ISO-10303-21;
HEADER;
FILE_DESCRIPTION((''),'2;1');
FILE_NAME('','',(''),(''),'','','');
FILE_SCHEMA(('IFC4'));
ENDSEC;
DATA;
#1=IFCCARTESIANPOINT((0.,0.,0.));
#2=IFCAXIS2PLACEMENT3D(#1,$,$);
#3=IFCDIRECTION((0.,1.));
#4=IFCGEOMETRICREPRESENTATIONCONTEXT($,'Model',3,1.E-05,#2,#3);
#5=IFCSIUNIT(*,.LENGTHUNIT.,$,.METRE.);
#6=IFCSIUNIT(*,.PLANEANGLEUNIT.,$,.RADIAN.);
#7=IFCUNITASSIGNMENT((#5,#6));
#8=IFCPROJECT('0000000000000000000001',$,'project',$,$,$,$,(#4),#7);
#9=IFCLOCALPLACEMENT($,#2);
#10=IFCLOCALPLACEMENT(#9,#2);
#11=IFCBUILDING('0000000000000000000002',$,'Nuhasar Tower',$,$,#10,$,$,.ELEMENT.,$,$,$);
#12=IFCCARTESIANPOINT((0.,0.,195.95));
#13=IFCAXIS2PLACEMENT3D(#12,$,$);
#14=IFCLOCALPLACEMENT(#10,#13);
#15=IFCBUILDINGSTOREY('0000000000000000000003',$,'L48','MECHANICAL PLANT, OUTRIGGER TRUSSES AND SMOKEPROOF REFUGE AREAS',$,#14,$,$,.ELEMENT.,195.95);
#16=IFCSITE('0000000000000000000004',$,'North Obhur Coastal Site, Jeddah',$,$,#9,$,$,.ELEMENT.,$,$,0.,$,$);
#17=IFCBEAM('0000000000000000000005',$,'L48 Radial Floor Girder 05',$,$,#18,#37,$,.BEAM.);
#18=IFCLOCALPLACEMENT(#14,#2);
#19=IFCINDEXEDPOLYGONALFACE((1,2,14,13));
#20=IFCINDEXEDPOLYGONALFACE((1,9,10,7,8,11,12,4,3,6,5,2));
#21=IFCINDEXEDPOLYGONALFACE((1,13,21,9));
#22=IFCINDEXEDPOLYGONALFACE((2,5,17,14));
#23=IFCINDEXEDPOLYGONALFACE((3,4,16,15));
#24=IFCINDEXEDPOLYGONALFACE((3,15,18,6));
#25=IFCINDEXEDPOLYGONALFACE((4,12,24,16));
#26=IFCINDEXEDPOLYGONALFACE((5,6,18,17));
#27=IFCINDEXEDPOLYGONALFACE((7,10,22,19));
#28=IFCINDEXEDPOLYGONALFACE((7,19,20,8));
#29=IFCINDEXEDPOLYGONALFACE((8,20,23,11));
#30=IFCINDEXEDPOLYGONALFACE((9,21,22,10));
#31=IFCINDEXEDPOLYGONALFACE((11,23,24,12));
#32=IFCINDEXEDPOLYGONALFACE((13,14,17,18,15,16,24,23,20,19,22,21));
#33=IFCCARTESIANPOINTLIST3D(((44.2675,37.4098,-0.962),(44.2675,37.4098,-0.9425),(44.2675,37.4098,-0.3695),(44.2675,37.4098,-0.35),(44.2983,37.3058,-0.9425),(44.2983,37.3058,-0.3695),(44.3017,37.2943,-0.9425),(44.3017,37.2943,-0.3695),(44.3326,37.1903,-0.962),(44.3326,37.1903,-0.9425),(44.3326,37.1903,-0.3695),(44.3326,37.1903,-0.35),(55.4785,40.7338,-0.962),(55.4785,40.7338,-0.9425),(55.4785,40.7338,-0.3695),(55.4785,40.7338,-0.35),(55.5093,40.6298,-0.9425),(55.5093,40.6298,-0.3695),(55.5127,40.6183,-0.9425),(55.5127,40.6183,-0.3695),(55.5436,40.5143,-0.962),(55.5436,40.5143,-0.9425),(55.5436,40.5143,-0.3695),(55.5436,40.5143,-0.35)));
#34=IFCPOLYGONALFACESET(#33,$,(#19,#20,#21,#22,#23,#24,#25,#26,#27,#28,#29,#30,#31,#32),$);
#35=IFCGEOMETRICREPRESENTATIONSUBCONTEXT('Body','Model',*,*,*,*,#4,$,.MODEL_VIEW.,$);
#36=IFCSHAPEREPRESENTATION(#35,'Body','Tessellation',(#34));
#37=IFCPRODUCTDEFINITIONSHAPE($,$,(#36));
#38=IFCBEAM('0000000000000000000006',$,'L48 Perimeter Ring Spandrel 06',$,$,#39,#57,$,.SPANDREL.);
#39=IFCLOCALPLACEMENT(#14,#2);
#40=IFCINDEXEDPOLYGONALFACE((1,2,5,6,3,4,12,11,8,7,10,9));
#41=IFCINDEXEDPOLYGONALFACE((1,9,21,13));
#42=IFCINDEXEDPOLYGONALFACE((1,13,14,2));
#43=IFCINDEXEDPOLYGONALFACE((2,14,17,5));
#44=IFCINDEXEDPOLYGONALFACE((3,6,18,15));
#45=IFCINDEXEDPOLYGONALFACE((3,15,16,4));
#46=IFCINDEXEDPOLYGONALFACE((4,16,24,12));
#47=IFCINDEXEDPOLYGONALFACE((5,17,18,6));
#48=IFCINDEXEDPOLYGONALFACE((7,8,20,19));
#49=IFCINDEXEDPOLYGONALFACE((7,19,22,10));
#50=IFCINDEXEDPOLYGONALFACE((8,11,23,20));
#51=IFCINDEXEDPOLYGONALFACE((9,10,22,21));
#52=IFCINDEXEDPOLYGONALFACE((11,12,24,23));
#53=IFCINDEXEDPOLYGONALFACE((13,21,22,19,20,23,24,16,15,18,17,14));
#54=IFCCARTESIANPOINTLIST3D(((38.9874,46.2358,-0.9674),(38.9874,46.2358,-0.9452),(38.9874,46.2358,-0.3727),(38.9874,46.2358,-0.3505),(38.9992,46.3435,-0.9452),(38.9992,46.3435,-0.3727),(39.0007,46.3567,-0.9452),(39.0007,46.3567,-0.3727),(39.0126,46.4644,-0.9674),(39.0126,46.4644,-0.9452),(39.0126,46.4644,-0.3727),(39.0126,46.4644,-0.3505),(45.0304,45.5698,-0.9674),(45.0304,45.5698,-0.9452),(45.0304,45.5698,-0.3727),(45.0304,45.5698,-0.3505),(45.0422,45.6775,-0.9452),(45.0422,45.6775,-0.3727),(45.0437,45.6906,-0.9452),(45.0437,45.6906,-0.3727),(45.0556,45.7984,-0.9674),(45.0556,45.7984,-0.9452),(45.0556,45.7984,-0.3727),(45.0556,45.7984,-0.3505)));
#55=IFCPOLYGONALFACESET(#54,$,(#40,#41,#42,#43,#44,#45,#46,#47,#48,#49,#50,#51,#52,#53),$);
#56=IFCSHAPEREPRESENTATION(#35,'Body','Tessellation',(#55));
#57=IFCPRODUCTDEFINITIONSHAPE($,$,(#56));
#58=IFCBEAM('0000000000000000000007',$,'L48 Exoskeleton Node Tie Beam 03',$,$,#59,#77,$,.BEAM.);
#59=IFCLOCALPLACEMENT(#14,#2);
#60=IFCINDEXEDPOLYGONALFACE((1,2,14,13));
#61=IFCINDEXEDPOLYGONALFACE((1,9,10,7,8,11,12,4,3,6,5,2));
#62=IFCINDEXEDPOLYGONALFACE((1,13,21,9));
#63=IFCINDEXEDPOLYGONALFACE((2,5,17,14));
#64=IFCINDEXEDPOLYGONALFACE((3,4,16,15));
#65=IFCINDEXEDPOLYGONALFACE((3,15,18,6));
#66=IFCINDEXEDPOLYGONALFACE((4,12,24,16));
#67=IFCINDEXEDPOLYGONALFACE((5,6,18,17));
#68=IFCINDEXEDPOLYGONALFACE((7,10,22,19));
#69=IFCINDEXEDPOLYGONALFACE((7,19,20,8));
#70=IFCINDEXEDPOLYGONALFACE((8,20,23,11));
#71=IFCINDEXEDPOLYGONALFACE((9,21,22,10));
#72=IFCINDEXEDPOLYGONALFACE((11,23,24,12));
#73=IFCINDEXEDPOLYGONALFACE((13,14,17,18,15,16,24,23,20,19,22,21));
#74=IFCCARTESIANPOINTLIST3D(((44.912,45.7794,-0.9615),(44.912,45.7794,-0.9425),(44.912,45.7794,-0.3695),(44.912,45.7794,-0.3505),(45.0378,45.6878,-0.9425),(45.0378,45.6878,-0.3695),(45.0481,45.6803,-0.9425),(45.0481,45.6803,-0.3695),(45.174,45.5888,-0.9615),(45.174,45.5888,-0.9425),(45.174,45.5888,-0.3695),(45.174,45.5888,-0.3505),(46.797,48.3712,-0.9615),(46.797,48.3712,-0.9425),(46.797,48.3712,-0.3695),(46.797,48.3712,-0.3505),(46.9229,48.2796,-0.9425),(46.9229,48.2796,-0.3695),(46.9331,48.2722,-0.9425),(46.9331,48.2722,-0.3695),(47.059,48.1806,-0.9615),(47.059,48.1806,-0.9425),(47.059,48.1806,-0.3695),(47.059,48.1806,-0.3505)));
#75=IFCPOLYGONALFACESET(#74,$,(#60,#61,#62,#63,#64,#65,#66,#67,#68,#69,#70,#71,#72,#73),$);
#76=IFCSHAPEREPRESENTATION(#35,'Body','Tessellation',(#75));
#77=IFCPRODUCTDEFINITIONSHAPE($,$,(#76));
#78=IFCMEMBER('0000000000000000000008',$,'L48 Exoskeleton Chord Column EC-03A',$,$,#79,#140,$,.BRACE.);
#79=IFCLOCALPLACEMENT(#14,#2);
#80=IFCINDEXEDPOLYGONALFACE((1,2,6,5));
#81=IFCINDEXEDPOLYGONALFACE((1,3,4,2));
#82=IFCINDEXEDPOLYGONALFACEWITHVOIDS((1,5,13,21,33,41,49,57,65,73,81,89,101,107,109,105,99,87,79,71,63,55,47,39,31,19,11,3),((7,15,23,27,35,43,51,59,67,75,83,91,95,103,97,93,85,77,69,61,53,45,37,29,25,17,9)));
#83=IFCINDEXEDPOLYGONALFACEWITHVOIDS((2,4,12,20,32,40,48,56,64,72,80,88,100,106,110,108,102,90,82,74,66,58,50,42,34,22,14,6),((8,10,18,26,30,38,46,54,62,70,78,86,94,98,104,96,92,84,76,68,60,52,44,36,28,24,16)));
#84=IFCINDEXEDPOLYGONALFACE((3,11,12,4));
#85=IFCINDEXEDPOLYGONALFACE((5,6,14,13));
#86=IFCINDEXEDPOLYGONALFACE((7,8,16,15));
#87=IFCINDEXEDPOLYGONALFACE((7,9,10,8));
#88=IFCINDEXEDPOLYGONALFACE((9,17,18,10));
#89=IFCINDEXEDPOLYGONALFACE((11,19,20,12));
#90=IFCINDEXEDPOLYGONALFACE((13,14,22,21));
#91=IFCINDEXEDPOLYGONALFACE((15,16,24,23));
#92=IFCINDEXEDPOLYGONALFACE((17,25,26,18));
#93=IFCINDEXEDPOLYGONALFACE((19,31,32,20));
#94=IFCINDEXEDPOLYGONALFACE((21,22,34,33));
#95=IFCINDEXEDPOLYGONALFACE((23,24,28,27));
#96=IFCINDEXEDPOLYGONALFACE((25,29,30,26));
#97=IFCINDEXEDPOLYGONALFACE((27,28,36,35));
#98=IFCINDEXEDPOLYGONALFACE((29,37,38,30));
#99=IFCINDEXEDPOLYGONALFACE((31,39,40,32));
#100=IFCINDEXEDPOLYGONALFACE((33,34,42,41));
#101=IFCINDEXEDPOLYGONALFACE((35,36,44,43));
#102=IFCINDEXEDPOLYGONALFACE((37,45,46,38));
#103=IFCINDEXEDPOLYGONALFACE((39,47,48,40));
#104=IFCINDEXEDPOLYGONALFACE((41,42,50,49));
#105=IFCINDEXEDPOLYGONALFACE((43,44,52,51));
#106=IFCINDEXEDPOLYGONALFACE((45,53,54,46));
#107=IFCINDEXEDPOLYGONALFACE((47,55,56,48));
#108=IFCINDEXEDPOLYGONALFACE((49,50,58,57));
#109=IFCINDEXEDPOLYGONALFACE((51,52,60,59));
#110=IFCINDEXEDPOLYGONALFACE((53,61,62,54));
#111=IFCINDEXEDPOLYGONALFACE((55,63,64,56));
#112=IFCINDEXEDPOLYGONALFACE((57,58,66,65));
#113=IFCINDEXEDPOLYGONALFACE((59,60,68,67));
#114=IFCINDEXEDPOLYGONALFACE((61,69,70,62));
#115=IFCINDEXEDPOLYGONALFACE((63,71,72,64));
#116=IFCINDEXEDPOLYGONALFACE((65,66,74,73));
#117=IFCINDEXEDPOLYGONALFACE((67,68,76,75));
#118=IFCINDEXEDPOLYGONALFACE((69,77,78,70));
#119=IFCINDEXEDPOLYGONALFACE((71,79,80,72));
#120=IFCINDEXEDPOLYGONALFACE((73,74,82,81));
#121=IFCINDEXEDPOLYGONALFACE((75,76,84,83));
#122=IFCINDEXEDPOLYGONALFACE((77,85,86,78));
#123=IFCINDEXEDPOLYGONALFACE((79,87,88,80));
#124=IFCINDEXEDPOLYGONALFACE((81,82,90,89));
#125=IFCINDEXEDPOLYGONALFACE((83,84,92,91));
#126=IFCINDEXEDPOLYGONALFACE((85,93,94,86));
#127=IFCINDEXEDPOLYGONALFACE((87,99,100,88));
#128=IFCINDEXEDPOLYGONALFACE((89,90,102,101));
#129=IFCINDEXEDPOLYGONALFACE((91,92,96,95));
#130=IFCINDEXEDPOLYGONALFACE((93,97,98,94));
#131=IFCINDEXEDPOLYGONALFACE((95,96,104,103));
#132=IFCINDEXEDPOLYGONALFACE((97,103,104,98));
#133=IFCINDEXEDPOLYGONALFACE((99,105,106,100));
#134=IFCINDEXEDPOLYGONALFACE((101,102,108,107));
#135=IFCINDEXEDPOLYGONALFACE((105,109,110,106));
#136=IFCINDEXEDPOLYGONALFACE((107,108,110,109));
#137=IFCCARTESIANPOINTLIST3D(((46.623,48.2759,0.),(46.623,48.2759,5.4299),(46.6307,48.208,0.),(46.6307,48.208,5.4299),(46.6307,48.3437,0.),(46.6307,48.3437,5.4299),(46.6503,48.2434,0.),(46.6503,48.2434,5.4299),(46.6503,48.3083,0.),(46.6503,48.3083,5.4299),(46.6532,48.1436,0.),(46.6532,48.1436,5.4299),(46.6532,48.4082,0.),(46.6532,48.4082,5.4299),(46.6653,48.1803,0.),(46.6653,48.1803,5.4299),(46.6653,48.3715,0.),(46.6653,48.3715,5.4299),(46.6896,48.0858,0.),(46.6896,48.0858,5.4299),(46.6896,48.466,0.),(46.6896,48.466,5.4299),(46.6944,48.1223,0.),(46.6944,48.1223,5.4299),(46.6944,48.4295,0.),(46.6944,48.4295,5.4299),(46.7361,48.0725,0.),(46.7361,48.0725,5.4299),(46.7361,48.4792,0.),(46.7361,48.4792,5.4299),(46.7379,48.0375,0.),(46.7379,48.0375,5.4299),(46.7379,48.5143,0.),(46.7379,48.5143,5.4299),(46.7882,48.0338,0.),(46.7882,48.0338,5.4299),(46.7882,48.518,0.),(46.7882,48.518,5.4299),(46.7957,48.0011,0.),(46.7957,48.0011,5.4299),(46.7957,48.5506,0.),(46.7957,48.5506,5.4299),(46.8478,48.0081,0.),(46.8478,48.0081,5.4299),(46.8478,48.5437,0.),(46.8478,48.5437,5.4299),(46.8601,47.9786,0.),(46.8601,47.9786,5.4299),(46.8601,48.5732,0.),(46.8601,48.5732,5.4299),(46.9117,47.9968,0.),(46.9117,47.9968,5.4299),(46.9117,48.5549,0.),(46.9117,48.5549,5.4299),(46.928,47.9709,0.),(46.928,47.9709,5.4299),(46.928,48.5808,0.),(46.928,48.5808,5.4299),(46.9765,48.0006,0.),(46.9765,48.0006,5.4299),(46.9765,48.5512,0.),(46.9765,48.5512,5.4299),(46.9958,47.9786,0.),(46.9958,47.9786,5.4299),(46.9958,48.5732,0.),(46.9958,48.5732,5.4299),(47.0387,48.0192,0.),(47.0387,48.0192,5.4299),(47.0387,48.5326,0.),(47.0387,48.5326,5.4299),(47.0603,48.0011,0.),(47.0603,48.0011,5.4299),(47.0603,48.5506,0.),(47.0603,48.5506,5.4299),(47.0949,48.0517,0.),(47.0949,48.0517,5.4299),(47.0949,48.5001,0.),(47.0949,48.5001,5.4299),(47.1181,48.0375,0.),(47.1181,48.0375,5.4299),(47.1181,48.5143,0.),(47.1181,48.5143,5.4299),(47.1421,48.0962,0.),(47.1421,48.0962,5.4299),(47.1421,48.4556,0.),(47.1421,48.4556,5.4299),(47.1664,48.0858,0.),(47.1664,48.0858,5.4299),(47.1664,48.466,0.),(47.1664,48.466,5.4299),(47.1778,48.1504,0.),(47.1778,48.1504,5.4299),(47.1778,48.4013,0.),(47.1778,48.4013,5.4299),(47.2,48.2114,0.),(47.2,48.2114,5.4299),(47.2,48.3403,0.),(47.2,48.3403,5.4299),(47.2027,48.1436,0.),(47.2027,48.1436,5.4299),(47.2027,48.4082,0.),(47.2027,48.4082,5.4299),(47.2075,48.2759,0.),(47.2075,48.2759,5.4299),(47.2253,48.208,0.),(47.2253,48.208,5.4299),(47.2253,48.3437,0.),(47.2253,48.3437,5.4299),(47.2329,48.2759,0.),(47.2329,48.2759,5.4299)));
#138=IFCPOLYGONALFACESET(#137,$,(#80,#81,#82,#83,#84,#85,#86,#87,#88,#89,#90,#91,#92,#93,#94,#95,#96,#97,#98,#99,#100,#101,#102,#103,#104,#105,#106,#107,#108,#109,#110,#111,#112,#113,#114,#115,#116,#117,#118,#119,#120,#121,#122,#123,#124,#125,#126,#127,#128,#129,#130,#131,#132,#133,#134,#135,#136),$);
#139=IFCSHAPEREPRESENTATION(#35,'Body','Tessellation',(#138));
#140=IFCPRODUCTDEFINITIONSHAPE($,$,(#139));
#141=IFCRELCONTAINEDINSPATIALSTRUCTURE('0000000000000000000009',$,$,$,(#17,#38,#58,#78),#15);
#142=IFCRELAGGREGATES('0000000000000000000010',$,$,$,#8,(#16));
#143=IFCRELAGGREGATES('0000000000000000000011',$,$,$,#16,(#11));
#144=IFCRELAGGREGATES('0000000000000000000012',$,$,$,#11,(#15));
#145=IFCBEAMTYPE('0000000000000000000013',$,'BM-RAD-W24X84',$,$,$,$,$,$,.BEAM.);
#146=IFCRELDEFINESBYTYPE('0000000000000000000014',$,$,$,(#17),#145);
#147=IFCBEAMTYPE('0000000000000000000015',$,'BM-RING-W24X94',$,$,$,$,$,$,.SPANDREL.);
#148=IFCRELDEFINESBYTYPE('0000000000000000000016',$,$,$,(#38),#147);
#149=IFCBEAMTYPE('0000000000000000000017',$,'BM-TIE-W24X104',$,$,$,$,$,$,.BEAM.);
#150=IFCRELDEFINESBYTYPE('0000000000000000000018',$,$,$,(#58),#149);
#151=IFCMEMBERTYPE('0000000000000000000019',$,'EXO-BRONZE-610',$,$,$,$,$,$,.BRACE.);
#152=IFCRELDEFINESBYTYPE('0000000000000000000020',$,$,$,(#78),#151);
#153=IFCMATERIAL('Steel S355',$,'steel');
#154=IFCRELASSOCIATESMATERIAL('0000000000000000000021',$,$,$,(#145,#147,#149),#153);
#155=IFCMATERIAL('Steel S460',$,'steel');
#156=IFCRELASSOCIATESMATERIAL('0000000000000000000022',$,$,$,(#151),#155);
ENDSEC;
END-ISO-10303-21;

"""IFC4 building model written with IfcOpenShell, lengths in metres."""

from ifc_helpers import new_model, si_unit, direction, frame, origin, origin_2d, place, context, subcontext, project, spatial, hollow_circle, i_section, extrude, material, material_profile, profile_set, type_object, element, save


model = new_model("IFC4")

# Units and contexts
model_context = context("Model", 3, precision=1e-05, world=origin(), true_north=direction((0.0, 1.0)))
body_context = subcontext(model_context, "Body", "Model", "MODEL_VIEW")
ifc_project = project(units=[si_unit("LENGTHUNIT", "METRE"), si_unit("PLANEANGLEUNIT", "RADIAN")], contexts=[model_context])

# Site, building, storey
site_placement = place(None, origin())
site = spatial("IfcSite", under=ifc_project, at=site_placement, Name="North Obhur Coastal Site, Jeddah", CompositionType="ELEMENT", RefElevation=0.0)
building_placement = place(site_placement, origin())
building = spatial("IfcBuilding", under=site, at=building_placement, Name="Nuhasar Tower", CompositionType="ELEMENT")
storey_placement = place(building_placement, frame((0.0, 0.0, 195.95)))
storey = spatial("IfcBuildingStorey", under=building, at=storey_placement, Name="L48", Description="MECHANICAL PLANT, OUTRIGGER TRUSSES AND SMOKEPROOF REFUGE AREAS", CompositionType="ELEMENT", Elevation=195.95)

# Shared definitions
ifc_material_1 = material(Name="Steel S460", Category="steel")

# Beams
ifc_material_2 = material(Name="Steel S355", Category="steel")
ifc_material_profile_1 = material_profile(ifc_material_2, i_section(OverallWidth=0.229, OverallDepth=0.6121, WebThickness=0.012, FlangeThickness=0.0195, at=origin_2d()), Name="W24X84")
ifc_profile_set_1 = profile_set([ifc_material_profile_1], Name="Steel S355")
beam_type_1 = type_object("IfcBeamType", Name="BM-RAD-W24X84", PredefinedType="BEAM", material=ifc_profile_set_1)
beam_1_placement = place(storey_placement, frame((44.3, 37.3, -0.656), z_axis=(0.958746, 0.284262, 0.0), x_axis=(-0.284262, 0.958746, 0.0)))
element("IfcBeam", 1, at=beam_1_placement, inside=storey, type_object=beam_type_1, Name="L48 Radial Floor Girder 05", PredefinedType="BEAM", context=body_context, shape_type="SweptSolid", body=[
    extrude(i_section(OverallWidth=0.229, OverallDepth=0.6121, WebThickness=0.012, FlangeThickness=0.0195, at=origin_2d()), origin(), (0.0, 0.0, 1.0), 11.6934),
])
ifc_material_profile_2 = material_profile(ifc_material_2, i_section(OverallWidth=0.23, OverallDepth=0.6169, WebThickness=0.0132, FlangeThickness=0.0222, at=origin_2d()), Name="W24X94")
ifc_profile_set_2 = profile_set([ifc_material_profile_2], Name="Steel S355")
beam_type_2 = type_object("IfcBeamType", Name="BM-RING-W24X94", PredefinedType="SPANDREL", material=ifc_profile_set_2)
beam_2_placement = place(storey_placement, frame((45.043, 45.6841, -0.6589), z_axis=(-0.993981, 0.10955, 0.0), x_axis=(-0.10955, -0.993981, 0.0)))
element("IfcBeam", 2, at=beam_2_placement, inside=storey, type_object=beam_type_2, Name="L48 Perimeter Ring Spandrel 06", PredefinedType="SPANDREL", context=body_context, shape_type="SweptSolid", body=[
    extrude(i_section(OverallWidth=0.23, OverallDepth=0.6169, WebThickness=0.0132, FlangeThickness=0.0222, at=origin_2d()), origin(), (0.0, 0.0, 1.0), 6.0796),
])
ifc_material_profile_3 = material_profile(ifc_material_2, i_section(OverallWidth=0.324, OverallDepth=0.6111, WebThickness=0.0127, FlangeThickness=0.019, at=origin_2d()), Name="W24X104")
ifc_profile_set_3 = profile_set([ifc_material_profile_3], Name="Steel S355")
beam_type_3 = type_object("IfcBeamType", Name="BM-TIE-W24X104", PredefinedType="BEAM", material=ifc_profile_set_3)
beam_3_placement = place(storey_placement, frame((45.043, 45.6841, -0.656), z_axis=(0.588185, 0.808726, 0.0), x_axis=(-0.808726, 0.588185, 0.0)))
element("IfcBeam", 3, at=beam_3_placement, inside=storey, type_object=beam_type_3, Name="L48 Exoskeleton Node Tie Beam 03", PredefinedType="BEAM", context=body_context, shape_type="SweptSolid", body=[
    extrude(i_section(OverallWidth=0.324, OverallDepth=0.6111, WebThickness=0.0127, FlangeThickness=0.019, at=origin_2d()), origin(), (0.0, 0.0, 1.0), 3.2048),
])

# Member
ifc_material_profile_4 = material_profile(ifc_material_1, hollow_circle(Radius=0.3049, WallThickness=0.0254, at=origin_2d()), Name="HSS610X25.4")
ifc_profile_set_4 = profile_set([ifc_material_profile_4], Name="Steel S460")
member_type_1 = type_object("IfcMemberType", Name="EXO-BRONZE-610", PredefinedType="BRACE", material=ifc_profile_set_4)
for number, where, z_axis, x_axis, name in (
    (4, (46.928, 48.2759, 0.0), (0.0, 0.0, 1.0), (1.0, 0.0, 0.0), "L48 Exoskeleton Chord Column EC-03A"),
):
    element("IfcMember", number, at=place(storey_placement, frame(where, z_axis=z_axis, x_axis=x_axis)), inside=storey, type_object=member_type_1, Name=name, PredefinedType="BRACE", context=body_context, shape_type="SweptSolid", body=[
        extrude(hollow_circle(Radius=0.3049, WallThickness=0.0254, at=origin_2d()), origin(), (0.0, 0.0, 1.0), 5.4299),
    ])

save(model, "model.ifc")
